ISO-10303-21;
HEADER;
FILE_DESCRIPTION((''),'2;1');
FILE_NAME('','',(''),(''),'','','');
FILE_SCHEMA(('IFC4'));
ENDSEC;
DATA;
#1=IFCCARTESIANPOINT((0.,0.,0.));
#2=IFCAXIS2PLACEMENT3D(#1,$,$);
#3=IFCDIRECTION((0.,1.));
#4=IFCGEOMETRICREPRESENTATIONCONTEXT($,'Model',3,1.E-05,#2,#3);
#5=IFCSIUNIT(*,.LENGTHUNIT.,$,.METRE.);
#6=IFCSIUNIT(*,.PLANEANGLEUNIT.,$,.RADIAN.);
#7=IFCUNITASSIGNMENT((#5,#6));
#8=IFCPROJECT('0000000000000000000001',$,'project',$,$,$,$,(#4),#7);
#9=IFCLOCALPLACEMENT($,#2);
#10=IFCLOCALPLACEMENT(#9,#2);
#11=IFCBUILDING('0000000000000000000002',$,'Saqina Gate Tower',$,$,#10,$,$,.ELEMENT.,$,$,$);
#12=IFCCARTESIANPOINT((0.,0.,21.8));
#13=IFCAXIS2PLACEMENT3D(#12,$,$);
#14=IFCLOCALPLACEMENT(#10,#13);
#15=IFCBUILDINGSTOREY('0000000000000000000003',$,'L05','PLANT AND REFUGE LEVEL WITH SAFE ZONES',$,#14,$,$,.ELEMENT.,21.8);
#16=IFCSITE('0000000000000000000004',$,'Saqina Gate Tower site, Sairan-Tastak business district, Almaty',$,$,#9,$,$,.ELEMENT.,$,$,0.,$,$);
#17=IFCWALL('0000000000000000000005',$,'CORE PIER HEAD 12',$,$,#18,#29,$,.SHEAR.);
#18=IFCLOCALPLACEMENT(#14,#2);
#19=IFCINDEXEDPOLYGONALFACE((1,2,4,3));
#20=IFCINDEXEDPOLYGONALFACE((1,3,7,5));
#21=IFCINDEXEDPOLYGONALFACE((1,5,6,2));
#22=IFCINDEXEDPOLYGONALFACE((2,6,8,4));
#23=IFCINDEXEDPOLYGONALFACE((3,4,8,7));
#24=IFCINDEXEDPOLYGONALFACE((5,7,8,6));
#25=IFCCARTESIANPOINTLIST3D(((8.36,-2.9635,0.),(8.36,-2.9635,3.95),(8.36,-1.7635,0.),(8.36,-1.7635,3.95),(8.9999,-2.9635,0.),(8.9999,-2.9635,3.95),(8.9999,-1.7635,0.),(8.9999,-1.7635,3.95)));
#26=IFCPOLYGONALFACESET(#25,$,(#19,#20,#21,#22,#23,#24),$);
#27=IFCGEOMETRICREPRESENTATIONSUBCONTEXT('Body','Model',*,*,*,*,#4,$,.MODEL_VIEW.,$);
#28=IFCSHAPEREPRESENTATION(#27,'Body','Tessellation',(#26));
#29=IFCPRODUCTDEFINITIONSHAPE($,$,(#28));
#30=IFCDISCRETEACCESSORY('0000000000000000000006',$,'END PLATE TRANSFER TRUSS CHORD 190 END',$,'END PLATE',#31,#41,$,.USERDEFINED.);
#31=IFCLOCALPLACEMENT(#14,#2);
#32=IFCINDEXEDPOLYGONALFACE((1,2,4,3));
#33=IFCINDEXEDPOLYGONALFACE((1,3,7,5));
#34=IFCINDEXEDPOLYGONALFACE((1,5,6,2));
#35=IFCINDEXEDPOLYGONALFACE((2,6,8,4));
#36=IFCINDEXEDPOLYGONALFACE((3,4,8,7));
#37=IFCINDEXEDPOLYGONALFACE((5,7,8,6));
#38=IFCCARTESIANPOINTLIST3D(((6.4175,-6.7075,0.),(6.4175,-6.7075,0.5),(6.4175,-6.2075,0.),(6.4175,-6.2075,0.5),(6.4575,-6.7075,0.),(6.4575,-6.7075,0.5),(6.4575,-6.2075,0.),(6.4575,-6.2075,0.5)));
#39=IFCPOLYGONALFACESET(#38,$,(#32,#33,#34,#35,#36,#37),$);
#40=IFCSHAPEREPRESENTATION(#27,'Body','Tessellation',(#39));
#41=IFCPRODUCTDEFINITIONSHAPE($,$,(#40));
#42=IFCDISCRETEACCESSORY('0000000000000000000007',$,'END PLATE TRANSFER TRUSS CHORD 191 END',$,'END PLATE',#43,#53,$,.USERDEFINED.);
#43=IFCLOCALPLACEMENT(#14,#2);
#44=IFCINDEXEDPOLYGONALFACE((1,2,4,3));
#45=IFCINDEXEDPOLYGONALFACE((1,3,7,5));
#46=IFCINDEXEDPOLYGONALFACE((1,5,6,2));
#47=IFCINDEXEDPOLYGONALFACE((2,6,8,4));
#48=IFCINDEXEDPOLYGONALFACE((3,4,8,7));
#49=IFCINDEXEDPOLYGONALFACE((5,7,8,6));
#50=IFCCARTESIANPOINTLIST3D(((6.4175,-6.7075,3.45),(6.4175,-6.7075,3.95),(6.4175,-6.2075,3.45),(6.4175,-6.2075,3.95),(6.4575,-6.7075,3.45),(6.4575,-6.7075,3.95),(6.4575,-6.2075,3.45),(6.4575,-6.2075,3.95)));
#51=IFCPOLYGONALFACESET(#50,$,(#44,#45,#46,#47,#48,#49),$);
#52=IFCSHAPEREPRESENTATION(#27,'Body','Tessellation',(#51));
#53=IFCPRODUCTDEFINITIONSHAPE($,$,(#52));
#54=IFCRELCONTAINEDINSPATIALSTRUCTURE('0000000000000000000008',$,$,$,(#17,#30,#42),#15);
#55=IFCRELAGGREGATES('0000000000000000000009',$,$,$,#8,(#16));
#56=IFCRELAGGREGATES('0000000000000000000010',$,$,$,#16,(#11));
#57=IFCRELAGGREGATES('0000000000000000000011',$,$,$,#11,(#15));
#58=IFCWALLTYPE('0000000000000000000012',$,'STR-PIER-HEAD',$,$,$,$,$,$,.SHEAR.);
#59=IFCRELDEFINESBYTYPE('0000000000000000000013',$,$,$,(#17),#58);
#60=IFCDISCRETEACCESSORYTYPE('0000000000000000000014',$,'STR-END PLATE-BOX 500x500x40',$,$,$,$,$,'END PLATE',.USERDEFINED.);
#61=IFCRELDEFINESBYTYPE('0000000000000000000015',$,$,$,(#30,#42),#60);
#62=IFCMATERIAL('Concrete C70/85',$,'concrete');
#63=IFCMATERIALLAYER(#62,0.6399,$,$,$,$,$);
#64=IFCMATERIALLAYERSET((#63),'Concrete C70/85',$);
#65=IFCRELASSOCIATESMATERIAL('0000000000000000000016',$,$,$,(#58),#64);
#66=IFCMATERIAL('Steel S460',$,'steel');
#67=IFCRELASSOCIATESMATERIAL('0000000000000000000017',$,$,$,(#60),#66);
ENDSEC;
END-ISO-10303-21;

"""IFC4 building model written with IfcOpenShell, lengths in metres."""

from ifc_helpers import new_model, si_unit, direction, frame, frame_2d, origin, origin_2d, place, context, subcontext, project, spatial, rectangle, extrude, material, layer, layer_set, material_profile, profile_set, type_object, element, save


model = new_model("IFC4")

# Units and contexts
model_context = context("Model", 3, precision=1e-05, world=origin(), true_north=direction((0.0, 1.0)))
body_context = subcontext(model_context, "Body", "Model", "MODEL_VIEW")
ifc_project = project(units=[si_unit("LENGTHUNIT", "METRE"), si_unit("PLANEANGLEUNIT", "RADIAN")], contexts=[model_context])

# Site, building, storey
site_placement = place(None, origin())
site = spatial("IfcSite", under=ifc_project, at=site_placement, Name="Saqina Gate Tower site, Sairan-Tastak business district, Almaty", CompositionType="ELEMENT", RefElevation=0.0)
building_placement = place(site_placement, origin())
building = spatial("IfcBuilding", under=site, at=building_placement, Name="Saqina Gate Tower", CompositionType="ELEMENT")
storey_placement = place(building_placement, frame((0.0, 0.0, 21.8)))
storey = spatial("IfcBuildingStorey", under=building, at=storey_placement, Name="L05", Description="PLANT AND REFUGE LEVEL WITH SAFE ZONES", CompositionType="ELEMENT", Elevation=21.8)

# Wall
ifc_material_1 = material(Name="Concrete C70/85", Category="concrete")
ifc_layer_1 = layer(ifc_material_1, 0.6399)
ifc_layer_set_1 = layer_set([ifc_layer_1], Name="Concrete C70/85")
wall_type_1 = type_object("IfcWallType", Name="STR-PIER-HEAD", PredefinedType="SHEAR", material=ifc_layer_set_1)
wall_1_placement = place(storey_placement, frame((8.6799, -2.9636, 0.0), z_axis=(0.0, 0.0, 1.0), x_axis=(0.0, 1.0, 0.0)))
element("IfcWall", 1, at=wall_1_placement, inside=storey, type_object=wall_type_1, Name="CORE PIER HEAD 12", PredefinedType="SHEAR", context=body_context, shape_type="SweptSolid", body=[
    extrude(rectangle(XDim=1.2, YDim=0.6399, at=frame_2d((0.6001, 0.0))), origin(), (0.0, 0.0, 1.0), 3.95),
])

# Discrete accessories
ifc_material_2 = material(Name="Steel S460", Category="steel")
ifc_material_profile_1 = material_profile(ifc_material_2, rectangle(XDim=0.5, YDim=0.5, at=origin_2d()), Name="STR-END PLATE-BOX 500x500x40")
ifc_profile_set_1 = profile_set([ifc_material_profile_1], Name="Steel S460")
discrete_accessory_type = type_object("IfcDiscreteAccessoryType", Name="STR-END PLATE-BOX 500x500x40", ElementType="END PLATE", PredefinedType="USERDEFINED", material=ifc_profile_set_1)
for number, where, z_axis, x_axis, name in (
    (2, (6.4575, -6.4575, 0.25), (-1.0, 0.0, 0.0), (0.0, -1.0, 0.0), "END PLATE TRANSFER TRUSS CHORD 190 END"),
    (3, (6.4575, -6.4575, 3.7), (-1.0, 0.0, 0.0), (0.0, -1.0, 0.0), "END PLATE TRANSFER TRUSS CHORD 191 END"),
):
    element("IfcDiscreteAccessory", number, at=place(storey_placement, frame(where, z_axis=z_axis, x_axis=x_axis)), inside=storey, type_object=discrete_accessory_type, Name=name, ObjectType="END PLATE", PredefinedType="USERDEFINED", context=body_context, shape_type="SweptSolid", body=[
        extrude(rectangle(XDim=0.5, YDim=0.5, at=origin_2d()), origin(), (0.0, 0.0, 1.0), 0.04),
    ])

save(model, "model.ifc")
